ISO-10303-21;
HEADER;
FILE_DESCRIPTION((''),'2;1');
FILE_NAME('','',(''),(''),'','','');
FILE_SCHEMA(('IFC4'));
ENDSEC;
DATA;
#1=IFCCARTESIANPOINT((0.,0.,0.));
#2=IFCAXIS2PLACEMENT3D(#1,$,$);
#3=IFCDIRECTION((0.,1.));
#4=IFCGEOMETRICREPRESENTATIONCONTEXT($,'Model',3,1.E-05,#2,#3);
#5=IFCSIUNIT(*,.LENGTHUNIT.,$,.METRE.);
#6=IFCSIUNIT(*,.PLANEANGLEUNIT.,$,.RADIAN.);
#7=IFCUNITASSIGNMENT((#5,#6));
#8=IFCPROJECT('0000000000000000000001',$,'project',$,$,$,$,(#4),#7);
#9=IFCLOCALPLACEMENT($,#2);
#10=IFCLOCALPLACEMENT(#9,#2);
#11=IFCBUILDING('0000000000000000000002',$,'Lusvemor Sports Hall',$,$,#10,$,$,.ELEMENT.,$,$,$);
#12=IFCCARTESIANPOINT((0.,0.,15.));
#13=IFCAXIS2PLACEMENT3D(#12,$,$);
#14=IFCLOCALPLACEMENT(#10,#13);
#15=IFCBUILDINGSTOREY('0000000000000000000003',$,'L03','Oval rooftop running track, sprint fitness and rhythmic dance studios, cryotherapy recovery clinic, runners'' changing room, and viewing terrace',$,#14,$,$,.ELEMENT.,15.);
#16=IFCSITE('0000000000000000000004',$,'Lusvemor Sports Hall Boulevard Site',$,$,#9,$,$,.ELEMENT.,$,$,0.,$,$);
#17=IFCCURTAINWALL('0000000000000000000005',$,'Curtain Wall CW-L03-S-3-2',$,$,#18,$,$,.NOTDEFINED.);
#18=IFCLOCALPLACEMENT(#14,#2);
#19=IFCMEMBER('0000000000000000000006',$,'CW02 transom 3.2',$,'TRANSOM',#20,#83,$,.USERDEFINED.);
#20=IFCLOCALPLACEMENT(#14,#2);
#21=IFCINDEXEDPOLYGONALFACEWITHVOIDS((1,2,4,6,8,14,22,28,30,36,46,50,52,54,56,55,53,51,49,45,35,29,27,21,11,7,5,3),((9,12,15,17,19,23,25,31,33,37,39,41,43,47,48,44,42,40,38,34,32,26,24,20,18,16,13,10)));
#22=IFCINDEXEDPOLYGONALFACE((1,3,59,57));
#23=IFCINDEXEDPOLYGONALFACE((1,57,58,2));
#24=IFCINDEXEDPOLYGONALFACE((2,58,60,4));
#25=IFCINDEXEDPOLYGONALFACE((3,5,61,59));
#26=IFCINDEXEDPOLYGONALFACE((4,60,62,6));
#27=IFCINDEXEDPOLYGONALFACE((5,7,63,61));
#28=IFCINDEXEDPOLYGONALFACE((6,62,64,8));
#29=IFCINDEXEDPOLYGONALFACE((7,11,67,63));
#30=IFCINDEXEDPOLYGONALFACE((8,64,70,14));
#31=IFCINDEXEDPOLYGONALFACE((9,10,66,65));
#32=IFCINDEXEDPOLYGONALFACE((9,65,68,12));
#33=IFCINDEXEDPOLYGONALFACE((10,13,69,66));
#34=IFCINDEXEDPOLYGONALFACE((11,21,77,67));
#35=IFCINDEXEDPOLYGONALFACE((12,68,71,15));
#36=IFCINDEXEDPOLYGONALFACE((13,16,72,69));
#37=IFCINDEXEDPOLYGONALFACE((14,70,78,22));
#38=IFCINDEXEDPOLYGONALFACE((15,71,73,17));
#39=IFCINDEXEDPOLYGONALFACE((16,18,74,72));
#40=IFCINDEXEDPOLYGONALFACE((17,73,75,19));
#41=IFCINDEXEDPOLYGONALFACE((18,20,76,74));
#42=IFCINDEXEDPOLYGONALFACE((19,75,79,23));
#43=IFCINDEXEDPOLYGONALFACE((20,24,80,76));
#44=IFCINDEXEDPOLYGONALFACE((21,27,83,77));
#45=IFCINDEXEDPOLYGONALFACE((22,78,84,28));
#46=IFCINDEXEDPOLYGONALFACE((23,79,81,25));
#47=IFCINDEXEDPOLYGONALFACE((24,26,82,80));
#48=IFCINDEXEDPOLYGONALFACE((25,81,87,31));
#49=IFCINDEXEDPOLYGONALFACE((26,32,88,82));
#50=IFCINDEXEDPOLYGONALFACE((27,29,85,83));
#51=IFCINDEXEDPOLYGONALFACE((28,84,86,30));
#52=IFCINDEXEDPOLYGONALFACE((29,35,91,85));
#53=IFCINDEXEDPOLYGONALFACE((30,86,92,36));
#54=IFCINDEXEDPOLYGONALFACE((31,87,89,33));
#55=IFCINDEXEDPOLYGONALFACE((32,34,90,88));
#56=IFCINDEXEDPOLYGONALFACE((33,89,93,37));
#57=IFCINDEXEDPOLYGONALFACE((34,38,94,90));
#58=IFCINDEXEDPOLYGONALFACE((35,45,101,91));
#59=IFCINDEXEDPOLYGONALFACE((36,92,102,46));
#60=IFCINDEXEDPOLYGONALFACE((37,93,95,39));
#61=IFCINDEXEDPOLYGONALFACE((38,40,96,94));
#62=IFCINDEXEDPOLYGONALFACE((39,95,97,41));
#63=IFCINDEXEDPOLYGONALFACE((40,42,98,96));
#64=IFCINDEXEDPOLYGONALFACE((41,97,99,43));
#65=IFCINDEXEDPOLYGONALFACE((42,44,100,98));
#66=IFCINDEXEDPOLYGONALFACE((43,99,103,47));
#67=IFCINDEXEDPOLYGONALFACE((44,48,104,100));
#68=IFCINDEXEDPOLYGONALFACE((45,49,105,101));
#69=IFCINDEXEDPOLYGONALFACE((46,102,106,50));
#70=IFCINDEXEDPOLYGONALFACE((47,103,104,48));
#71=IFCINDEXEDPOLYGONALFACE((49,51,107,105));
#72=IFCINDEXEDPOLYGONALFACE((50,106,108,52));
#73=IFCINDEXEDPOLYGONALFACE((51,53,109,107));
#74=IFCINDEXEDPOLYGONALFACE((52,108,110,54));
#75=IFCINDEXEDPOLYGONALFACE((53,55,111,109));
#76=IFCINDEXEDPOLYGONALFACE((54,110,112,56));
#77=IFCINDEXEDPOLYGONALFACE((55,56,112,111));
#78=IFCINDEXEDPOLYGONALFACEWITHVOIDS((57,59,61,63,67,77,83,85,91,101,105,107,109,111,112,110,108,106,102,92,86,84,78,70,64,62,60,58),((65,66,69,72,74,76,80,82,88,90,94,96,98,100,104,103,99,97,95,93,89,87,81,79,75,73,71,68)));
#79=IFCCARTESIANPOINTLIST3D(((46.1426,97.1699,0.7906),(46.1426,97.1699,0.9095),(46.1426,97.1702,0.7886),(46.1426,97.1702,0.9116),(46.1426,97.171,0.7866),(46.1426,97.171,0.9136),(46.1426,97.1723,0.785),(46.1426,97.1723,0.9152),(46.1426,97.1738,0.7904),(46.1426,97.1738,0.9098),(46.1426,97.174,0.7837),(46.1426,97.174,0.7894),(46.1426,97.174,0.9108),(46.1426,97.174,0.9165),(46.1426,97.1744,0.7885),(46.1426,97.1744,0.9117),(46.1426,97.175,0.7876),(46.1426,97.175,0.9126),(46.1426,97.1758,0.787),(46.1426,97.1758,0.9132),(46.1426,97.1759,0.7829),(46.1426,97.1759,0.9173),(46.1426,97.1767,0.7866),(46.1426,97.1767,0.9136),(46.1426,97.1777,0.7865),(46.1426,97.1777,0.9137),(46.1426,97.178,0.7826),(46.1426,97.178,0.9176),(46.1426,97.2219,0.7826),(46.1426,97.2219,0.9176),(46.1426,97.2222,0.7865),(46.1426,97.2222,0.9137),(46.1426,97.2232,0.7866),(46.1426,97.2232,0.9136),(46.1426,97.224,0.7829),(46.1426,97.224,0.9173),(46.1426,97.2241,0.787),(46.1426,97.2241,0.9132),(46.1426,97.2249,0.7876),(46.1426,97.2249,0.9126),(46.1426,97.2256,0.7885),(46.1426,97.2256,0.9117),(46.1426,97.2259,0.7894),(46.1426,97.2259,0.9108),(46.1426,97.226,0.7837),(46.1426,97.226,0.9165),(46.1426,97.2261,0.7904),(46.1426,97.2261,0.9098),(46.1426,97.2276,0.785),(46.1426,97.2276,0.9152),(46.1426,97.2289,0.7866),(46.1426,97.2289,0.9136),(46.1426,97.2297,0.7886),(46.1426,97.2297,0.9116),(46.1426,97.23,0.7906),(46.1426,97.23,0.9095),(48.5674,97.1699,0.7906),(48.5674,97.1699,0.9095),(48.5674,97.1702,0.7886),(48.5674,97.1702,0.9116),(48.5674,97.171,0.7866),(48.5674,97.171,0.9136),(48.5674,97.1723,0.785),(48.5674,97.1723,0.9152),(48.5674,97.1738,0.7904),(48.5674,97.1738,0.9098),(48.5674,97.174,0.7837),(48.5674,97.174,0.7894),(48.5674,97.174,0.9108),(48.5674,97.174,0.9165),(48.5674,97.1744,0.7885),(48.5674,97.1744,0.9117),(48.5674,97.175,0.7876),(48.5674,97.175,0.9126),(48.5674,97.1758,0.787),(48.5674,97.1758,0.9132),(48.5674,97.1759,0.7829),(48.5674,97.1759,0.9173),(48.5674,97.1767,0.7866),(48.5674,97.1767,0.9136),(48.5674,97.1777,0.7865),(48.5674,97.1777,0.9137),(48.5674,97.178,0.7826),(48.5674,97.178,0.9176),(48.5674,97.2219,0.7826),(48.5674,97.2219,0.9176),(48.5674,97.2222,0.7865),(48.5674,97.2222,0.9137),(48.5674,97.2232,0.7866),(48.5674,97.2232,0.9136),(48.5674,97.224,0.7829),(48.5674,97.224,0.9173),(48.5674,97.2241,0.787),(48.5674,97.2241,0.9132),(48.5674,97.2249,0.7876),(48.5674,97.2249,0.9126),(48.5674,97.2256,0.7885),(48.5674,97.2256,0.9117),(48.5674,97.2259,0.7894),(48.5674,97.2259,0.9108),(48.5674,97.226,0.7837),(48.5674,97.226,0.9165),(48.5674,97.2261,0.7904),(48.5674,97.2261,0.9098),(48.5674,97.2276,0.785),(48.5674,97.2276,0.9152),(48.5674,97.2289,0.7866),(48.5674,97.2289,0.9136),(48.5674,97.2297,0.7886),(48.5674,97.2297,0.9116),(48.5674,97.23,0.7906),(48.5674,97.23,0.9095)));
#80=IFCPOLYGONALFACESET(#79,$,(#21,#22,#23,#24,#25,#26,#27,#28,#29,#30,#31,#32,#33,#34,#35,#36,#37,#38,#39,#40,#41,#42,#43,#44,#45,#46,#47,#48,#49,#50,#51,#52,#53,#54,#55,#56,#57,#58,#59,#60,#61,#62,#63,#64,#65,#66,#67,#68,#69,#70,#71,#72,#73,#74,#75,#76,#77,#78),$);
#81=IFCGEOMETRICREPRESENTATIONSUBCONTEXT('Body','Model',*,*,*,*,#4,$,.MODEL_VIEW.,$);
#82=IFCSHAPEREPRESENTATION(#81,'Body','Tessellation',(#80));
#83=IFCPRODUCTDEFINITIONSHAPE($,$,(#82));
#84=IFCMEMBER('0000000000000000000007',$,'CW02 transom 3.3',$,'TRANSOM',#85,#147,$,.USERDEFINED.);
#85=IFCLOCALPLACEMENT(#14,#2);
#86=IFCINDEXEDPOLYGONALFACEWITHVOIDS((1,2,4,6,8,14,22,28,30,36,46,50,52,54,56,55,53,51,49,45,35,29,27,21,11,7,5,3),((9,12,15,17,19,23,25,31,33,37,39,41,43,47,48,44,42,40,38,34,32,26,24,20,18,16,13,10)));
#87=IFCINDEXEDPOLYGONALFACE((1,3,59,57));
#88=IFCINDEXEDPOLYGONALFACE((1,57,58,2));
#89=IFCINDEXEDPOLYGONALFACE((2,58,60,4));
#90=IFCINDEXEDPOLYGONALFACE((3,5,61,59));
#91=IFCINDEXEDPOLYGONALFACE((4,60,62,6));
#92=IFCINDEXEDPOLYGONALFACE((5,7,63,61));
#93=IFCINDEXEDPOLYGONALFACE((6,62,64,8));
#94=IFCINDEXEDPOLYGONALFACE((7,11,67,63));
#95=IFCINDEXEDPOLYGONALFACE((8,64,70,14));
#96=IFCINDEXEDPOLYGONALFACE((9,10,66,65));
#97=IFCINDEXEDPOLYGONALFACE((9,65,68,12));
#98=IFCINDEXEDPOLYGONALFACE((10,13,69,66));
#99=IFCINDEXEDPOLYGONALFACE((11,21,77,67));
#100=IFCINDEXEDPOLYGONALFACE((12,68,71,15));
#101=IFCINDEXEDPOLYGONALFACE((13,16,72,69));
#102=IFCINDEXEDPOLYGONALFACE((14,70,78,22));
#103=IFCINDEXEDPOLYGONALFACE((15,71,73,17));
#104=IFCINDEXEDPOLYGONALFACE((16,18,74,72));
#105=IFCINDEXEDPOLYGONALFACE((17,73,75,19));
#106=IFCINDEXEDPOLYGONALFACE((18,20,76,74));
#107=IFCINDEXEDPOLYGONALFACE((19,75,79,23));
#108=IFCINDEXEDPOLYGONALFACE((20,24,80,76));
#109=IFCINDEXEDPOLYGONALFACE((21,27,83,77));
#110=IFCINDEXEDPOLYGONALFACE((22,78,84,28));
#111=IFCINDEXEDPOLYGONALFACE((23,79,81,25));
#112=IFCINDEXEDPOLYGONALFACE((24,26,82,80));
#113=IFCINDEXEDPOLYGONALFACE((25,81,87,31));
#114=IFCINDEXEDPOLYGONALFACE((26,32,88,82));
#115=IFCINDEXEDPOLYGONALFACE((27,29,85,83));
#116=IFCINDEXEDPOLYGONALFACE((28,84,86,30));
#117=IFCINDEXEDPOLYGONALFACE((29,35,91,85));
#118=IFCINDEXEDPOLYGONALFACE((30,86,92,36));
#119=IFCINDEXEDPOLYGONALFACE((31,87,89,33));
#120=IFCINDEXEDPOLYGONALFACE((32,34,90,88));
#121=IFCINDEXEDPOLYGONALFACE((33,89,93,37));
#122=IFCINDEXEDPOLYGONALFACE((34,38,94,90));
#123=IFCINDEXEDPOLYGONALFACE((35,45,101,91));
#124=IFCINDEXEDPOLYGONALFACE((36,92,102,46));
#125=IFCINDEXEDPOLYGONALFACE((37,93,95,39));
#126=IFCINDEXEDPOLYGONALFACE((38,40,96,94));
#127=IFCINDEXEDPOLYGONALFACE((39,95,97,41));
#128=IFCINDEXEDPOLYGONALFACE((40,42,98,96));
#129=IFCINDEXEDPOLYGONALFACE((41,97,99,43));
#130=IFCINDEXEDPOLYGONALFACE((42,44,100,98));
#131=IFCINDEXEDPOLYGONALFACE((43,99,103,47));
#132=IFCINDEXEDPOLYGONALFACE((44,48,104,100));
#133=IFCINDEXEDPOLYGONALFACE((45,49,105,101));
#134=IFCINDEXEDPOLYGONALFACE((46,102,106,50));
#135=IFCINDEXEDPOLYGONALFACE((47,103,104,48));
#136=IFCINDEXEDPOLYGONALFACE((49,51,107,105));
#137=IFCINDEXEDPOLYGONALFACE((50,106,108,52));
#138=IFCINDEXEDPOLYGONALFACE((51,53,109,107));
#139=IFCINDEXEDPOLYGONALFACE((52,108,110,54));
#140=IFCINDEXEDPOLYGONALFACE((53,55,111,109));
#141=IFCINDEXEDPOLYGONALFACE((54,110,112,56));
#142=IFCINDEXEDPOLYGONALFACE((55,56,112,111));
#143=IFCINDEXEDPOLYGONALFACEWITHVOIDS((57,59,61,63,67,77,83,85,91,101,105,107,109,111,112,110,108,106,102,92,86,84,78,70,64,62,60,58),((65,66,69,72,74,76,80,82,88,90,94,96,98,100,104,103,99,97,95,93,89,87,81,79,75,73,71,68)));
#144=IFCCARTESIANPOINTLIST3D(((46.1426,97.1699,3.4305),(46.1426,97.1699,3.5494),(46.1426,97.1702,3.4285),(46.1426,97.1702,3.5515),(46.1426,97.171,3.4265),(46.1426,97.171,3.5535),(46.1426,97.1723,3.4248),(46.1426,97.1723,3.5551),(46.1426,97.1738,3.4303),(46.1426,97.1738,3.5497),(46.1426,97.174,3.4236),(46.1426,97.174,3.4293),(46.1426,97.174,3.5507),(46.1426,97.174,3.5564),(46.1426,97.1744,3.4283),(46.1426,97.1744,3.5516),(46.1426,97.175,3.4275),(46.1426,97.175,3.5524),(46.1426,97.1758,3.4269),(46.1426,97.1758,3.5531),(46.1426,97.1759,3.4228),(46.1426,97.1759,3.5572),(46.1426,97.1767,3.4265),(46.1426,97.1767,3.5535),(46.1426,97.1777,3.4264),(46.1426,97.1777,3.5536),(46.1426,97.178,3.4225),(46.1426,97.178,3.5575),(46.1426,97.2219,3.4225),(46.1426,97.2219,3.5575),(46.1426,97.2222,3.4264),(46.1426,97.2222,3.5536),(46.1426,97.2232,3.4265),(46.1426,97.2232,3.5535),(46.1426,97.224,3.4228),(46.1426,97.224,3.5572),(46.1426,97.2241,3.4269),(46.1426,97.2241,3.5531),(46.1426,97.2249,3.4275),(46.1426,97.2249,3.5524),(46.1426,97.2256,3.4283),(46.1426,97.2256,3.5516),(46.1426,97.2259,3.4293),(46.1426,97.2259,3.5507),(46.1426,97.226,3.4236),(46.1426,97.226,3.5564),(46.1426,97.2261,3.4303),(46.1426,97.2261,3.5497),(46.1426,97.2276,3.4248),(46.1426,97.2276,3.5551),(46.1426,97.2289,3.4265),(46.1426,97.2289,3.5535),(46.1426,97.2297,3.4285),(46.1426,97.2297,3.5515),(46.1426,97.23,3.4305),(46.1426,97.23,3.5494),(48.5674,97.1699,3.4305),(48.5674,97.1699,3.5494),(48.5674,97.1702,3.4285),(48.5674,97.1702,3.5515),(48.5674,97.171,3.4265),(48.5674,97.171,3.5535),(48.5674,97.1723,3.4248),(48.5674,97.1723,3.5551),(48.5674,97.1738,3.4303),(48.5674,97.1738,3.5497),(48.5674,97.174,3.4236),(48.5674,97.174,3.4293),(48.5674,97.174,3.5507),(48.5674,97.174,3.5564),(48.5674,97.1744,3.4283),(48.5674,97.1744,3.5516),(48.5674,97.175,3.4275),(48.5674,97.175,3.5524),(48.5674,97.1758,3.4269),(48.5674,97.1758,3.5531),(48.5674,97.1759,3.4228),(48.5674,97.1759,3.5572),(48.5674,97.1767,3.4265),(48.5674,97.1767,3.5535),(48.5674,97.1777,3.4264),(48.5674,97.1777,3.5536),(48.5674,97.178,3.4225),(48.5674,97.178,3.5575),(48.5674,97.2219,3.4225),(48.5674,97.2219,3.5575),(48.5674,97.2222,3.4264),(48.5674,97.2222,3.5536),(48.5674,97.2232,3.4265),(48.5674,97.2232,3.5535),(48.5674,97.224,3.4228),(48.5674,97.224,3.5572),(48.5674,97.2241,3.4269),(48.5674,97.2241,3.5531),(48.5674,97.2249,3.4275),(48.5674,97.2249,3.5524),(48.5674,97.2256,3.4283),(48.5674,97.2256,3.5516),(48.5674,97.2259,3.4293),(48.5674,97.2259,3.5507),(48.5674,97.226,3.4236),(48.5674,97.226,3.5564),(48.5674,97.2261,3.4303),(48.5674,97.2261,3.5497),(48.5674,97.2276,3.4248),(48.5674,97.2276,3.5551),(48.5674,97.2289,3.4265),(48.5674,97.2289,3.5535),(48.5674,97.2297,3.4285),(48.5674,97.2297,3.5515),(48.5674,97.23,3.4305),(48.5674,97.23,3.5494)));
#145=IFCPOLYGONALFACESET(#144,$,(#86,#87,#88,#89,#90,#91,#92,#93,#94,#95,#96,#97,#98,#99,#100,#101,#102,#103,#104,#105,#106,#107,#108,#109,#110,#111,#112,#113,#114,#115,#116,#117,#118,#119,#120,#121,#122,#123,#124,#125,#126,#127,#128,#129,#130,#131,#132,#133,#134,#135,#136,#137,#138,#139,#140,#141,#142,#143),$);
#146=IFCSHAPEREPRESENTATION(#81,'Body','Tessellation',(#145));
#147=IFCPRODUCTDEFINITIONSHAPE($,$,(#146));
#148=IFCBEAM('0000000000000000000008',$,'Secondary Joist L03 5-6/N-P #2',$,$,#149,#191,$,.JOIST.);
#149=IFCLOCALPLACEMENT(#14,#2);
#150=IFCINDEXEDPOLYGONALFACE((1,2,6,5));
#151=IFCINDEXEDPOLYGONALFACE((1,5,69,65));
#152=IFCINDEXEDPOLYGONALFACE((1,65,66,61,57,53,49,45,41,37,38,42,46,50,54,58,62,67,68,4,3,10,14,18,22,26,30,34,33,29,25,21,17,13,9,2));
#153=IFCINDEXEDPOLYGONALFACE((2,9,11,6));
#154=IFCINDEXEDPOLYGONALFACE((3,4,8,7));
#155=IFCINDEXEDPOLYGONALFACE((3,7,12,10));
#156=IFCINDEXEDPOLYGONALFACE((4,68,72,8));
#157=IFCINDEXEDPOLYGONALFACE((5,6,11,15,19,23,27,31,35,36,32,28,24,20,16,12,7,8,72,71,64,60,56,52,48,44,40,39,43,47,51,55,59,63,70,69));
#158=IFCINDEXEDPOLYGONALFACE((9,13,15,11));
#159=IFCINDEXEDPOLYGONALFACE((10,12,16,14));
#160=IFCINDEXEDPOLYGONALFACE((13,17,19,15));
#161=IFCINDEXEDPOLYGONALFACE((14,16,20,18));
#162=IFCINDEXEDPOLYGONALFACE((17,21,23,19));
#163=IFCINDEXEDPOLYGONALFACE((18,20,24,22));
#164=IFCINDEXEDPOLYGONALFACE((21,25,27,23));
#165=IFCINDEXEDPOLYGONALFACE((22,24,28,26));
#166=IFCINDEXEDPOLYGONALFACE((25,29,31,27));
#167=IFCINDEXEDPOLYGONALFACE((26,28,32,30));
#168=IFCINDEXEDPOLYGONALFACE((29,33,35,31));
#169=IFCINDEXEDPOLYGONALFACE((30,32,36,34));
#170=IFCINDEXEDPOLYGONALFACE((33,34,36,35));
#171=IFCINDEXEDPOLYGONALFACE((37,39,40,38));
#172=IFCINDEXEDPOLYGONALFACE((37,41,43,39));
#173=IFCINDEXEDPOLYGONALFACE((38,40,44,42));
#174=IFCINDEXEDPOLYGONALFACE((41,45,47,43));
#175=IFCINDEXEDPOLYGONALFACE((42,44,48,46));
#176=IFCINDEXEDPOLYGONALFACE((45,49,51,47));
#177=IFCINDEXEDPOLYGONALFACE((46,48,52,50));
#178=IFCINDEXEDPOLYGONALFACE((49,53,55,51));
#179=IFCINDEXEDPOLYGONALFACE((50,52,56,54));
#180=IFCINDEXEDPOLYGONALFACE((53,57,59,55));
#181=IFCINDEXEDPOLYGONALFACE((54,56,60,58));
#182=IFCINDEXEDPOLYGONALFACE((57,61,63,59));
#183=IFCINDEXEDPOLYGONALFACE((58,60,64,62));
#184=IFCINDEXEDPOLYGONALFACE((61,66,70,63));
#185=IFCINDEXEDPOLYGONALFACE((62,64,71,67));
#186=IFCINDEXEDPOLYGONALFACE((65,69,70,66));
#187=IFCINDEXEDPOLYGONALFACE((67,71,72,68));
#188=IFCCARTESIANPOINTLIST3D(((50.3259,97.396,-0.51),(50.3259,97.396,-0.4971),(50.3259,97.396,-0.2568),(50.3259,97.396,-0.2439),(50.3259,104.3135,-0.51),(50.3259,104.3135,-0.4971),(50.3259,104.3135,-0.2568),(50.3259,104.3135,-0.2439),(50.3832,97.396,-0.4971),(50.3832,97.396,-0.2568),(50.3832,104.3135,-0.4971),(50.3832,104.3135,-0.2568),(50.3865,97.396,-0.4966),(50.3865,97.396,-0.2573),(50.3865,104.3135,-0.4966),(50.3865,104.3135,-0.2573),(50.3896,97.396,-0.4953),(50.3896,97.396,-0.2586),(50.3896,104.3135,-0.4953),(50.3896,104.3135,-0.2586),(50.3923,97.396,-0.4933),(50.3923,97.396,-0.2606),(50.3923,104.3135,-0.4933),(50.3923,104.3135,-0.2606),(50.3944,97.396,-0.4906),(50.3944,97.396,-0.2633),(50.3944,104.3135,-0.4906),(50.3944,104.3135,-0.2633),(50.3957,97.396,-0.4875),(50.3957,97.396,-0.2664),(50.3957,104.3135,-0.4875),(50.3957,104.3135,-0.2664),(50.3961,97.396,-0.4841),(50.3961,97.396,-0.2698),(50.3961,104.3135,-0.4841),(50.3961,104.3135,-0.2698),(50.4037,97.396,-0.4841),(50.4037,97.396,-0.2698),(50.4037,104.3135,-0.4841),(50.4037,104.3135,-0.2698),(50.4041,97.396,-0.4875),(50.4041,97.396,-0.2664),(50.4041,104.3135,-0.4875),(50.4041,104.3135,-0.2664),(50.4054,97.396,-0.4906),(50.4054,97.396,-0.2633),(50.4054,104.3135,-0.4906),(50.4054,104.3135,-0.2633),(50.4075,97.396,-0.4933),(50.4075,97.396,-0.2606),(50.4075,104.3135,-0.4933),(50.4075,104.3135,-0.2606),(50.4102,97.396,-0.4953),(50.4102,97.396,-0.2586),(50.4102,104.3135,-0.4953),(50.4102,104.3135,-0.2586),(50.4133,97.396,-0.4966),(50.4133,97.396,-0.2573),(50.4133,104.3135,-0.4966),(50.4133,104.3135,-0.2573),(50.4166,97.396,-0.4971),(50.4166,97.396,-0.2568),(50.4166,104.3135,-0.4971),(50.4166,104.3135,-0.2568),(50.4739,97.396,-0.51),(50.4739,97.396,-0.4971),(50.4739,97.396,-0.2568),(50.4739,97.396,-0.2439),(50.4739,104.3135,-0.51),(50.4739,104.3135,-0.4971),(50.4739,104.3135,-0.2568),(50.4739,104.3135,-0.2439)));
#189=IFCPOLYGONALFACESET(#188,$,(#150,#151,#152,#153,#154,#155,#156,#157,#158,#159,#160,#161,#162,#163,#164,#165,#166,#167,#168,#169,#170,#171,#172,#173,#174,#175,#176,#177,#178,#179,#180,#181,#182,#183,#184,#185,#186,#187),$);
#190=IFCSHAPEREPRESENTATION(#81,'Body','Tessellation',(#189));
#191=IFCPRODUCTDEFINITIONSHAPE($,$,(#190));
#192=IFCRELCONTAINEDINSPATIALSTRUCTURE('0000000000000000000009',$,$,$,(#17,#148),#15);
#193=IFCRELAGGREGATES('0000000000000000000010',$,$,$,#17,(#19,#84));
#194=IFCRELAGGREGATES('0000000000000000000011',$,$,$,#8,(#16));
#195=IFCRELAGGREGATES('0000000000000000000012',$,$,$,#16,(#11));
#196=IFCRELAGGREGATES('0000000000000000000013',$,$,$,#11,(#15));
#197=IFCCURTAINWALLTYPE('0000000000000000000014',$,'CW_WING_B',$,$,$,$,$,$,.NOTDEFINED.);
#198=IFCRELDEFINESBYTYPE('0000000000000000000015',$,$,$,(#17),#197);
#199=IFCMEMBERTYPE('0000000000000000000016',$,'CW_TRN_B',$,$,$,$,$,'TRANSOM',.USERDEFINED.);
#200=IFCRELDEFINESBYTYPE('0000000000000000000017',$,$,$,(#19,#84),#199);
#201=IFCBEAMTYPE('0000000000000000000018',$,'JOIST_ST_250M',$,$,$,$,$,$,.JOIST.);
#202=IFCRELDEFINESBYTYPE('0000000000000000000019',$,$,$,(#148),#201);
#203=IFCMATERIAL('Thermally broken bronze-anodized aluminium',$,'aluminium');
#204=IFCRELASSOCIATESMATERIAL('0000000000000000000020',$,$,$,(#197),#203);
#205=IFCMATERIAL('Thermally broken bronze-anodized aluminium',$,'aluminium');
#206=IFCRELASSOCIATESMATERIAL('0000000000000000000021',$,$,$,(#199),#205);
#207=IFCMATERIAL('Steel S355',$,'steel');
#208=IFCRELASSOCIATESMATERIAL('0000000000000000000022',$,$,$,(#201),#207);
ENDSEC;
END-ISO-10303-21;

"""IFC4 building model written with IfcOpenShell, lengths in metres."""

from ifc_helpers import new_model, si_unit, direction, frame, origin, origin_2d, place, context, subcontext, project, spatial, hollow_rectangle, i_section, extrude, material, material_profile, profile_set, type_object, element, aggregate, save


model = new_model("IFC4")

# Units and contexts
model_context = context("Model", 3, precision=1e-05, world=origin(), true_north=direction((0.0, 1.0)))
body_context = subcontext(model_context, "Body", "Model", "MODEL_VIEW")
ifc_project = project(units=[si_unit("LENGTHUNIT", "METRE"), si_unit("PLANEANGLEUNIT", "RADIAN")], contexts=[model_context])

# Site, building, storey
site_placement = place(None, origin())
site = spatial("IfcSite", under=ifc_project, at=site_placement, Name="Lusvemor Sports Hall Boulevard Site", CompositionType="ELEMENT", RefElevation=0.0)
building_placement = place(site_placement, origin())
building = spatial("IfcBuilding", under=site, at=building_placement, Name="Lusvemor Sports Hall", CompositionType="ELEMENT")
storey_placement = place(building_placement, frame((0.0, 0.0, 15.0)))
storey = spatial("IfcBuildingStorey", under=building, at=storey_placement, Name="L03", Description="Oval rooftop running track, sprint fitness and rhythmic dance studios, cryotherapy recovery clinic, runners' changing room, and viewing terrace", CompositionType="ELEMENT", Elevation=15.0)

# Curtain wall, members
ifc_material_1 = material(Name="Thermally broken bronze-anodized aluminium", Category="aluminium")
curtain_wall_type = type_object("IfcCurtainWallType", Name="CW_WING_B", PredefinedType="NOTDEFINED", material=ifc_material_1)
curtain_wall_placement = place(storey_placement, origin())
curtain_wall = element("IfcCurtainWall", 1, at=curtain_wall_placement, inside=storey, type_object=curtain_wall_type, Name="Curtain Wall CW-L03-S-3-2", PredefinedType="NOTDEFINED")
ifc_material_2 = material(Name="Thermally broken bronze-anodized aluminium", Category="aluminium")
ifc_material_profile_1 = material_profile(ifc_material_2, hollow_rectangle(XDim=0.0601, YDim=0.135, WallThickness=0.0039, InnerFilletRadius=0.0039, OuterFilletRadius=0.0081, at=origin_2d()), Name="CWTRN135x60x4")
ifc_profile_set_1 = profile_set([ifc_material_profile_1], Name="Thermally broken bronze-anodized aluminium")
member_type_1 = type_object("IfcMemberType", Name="CW_TRN_B", ElementType="TRANSOM", PredefinedType="USERDEFINED", material=ifc_profile_set_1)
member_1_placement = place(storey_placement, frame((48.5674, 97.2, 0.8501), z_axis=(-1.0, 0.0, 0.0), x_axis=(0.0, -1.0, 0.0)))
member_1 = element("IfcMember", 2, at=member_1_placement, type_object=member_type_1, Name="CW02 transom 3.2", ObjectType="TRANSOM", PredefinedType="USERDEFINED", context=body_context, shape_type="SweptSolid", body=[
    extrude(hollow_rectangle(XDim=0.0601, YDim=0.135, WallThickness=0.0039, InnerFilletRadius=0.0039, OuterFilletRadius=0.0081, at=origin_2d()), origin(), (0.0, 0.0, 1.0), 2.4248),
])
member_2_placement = place(storey_placement, frame((48.5674, 97.2, 3.49), z_axis=(-1.0, 0.0, 0.0), x_axis=(0.0, -1.0, 0.0)))
member_2 = element("IfcMember", 3, at=member_2_placement, type_object=member_type_1, Name="CW02 transom 3.3", ObjectType="TRANSOM", PredefinedType="USERDEFINED", context=body_context, shape_type="SweptSolid", body=[
    extrude(hollow_rectangle(XDim=0.0601, YDim=0.135, WallThickness=0.0039, InnerFilletRadius=0.0039, OuterFilletRadius=0.0081, at=origin_2d()), origin(), (0.0, 0.0, 1.0), 2.4248),
])

# Beam
ifc_material_3 = material(Name="Steel S355", Category="steel")
ifc_material_profile_2 = material_profile(ifc_material_3, i_section(OverallWidth=0.1479, OverallDepth=0.2661, WebThickness=0.0076, FlangeThickness=0.0129, FilletRadius=0.0129, at=origin_2d()), Name="W250x44.8")
ifc_profile_set_2 = profile_set([ifc_material_profile_2], Name="Steel S355")
beam_type_1 = type_object("IfcBeamType", Name="JOIST_ST_250M", PredefinedType="JOIST", material=ifc_profile_set_2)
beam_1_placement = place(storey_placement, frame((50.3999, 97.396, -0.377), z_axis=(0.0, 1.0, 0.0), x_axis=(-1.0, 0.0, 0.0)))
element("IfcBeam", 4, at=beam_1_placement, inside=storey, type_object=beam_type_1, Name="Secondary Joist L03 5-6/N-P #2", PredefinedType="JOIST", context=body_context, shape_type="SweptSolid", body=[
    extrude(i_section(OverallWidth=0.1479, OverallDepth=0.2661, WebThickness=0.0076, FlangeThickness=0.0129, FilletRadius=0.0129, at=origin_2d()), origin(), (0.0, 0.0, 1.0), 6.9175),
])

aggregate(curtain_wall, [member_1, member_2])

save(model, "model.ifc")
